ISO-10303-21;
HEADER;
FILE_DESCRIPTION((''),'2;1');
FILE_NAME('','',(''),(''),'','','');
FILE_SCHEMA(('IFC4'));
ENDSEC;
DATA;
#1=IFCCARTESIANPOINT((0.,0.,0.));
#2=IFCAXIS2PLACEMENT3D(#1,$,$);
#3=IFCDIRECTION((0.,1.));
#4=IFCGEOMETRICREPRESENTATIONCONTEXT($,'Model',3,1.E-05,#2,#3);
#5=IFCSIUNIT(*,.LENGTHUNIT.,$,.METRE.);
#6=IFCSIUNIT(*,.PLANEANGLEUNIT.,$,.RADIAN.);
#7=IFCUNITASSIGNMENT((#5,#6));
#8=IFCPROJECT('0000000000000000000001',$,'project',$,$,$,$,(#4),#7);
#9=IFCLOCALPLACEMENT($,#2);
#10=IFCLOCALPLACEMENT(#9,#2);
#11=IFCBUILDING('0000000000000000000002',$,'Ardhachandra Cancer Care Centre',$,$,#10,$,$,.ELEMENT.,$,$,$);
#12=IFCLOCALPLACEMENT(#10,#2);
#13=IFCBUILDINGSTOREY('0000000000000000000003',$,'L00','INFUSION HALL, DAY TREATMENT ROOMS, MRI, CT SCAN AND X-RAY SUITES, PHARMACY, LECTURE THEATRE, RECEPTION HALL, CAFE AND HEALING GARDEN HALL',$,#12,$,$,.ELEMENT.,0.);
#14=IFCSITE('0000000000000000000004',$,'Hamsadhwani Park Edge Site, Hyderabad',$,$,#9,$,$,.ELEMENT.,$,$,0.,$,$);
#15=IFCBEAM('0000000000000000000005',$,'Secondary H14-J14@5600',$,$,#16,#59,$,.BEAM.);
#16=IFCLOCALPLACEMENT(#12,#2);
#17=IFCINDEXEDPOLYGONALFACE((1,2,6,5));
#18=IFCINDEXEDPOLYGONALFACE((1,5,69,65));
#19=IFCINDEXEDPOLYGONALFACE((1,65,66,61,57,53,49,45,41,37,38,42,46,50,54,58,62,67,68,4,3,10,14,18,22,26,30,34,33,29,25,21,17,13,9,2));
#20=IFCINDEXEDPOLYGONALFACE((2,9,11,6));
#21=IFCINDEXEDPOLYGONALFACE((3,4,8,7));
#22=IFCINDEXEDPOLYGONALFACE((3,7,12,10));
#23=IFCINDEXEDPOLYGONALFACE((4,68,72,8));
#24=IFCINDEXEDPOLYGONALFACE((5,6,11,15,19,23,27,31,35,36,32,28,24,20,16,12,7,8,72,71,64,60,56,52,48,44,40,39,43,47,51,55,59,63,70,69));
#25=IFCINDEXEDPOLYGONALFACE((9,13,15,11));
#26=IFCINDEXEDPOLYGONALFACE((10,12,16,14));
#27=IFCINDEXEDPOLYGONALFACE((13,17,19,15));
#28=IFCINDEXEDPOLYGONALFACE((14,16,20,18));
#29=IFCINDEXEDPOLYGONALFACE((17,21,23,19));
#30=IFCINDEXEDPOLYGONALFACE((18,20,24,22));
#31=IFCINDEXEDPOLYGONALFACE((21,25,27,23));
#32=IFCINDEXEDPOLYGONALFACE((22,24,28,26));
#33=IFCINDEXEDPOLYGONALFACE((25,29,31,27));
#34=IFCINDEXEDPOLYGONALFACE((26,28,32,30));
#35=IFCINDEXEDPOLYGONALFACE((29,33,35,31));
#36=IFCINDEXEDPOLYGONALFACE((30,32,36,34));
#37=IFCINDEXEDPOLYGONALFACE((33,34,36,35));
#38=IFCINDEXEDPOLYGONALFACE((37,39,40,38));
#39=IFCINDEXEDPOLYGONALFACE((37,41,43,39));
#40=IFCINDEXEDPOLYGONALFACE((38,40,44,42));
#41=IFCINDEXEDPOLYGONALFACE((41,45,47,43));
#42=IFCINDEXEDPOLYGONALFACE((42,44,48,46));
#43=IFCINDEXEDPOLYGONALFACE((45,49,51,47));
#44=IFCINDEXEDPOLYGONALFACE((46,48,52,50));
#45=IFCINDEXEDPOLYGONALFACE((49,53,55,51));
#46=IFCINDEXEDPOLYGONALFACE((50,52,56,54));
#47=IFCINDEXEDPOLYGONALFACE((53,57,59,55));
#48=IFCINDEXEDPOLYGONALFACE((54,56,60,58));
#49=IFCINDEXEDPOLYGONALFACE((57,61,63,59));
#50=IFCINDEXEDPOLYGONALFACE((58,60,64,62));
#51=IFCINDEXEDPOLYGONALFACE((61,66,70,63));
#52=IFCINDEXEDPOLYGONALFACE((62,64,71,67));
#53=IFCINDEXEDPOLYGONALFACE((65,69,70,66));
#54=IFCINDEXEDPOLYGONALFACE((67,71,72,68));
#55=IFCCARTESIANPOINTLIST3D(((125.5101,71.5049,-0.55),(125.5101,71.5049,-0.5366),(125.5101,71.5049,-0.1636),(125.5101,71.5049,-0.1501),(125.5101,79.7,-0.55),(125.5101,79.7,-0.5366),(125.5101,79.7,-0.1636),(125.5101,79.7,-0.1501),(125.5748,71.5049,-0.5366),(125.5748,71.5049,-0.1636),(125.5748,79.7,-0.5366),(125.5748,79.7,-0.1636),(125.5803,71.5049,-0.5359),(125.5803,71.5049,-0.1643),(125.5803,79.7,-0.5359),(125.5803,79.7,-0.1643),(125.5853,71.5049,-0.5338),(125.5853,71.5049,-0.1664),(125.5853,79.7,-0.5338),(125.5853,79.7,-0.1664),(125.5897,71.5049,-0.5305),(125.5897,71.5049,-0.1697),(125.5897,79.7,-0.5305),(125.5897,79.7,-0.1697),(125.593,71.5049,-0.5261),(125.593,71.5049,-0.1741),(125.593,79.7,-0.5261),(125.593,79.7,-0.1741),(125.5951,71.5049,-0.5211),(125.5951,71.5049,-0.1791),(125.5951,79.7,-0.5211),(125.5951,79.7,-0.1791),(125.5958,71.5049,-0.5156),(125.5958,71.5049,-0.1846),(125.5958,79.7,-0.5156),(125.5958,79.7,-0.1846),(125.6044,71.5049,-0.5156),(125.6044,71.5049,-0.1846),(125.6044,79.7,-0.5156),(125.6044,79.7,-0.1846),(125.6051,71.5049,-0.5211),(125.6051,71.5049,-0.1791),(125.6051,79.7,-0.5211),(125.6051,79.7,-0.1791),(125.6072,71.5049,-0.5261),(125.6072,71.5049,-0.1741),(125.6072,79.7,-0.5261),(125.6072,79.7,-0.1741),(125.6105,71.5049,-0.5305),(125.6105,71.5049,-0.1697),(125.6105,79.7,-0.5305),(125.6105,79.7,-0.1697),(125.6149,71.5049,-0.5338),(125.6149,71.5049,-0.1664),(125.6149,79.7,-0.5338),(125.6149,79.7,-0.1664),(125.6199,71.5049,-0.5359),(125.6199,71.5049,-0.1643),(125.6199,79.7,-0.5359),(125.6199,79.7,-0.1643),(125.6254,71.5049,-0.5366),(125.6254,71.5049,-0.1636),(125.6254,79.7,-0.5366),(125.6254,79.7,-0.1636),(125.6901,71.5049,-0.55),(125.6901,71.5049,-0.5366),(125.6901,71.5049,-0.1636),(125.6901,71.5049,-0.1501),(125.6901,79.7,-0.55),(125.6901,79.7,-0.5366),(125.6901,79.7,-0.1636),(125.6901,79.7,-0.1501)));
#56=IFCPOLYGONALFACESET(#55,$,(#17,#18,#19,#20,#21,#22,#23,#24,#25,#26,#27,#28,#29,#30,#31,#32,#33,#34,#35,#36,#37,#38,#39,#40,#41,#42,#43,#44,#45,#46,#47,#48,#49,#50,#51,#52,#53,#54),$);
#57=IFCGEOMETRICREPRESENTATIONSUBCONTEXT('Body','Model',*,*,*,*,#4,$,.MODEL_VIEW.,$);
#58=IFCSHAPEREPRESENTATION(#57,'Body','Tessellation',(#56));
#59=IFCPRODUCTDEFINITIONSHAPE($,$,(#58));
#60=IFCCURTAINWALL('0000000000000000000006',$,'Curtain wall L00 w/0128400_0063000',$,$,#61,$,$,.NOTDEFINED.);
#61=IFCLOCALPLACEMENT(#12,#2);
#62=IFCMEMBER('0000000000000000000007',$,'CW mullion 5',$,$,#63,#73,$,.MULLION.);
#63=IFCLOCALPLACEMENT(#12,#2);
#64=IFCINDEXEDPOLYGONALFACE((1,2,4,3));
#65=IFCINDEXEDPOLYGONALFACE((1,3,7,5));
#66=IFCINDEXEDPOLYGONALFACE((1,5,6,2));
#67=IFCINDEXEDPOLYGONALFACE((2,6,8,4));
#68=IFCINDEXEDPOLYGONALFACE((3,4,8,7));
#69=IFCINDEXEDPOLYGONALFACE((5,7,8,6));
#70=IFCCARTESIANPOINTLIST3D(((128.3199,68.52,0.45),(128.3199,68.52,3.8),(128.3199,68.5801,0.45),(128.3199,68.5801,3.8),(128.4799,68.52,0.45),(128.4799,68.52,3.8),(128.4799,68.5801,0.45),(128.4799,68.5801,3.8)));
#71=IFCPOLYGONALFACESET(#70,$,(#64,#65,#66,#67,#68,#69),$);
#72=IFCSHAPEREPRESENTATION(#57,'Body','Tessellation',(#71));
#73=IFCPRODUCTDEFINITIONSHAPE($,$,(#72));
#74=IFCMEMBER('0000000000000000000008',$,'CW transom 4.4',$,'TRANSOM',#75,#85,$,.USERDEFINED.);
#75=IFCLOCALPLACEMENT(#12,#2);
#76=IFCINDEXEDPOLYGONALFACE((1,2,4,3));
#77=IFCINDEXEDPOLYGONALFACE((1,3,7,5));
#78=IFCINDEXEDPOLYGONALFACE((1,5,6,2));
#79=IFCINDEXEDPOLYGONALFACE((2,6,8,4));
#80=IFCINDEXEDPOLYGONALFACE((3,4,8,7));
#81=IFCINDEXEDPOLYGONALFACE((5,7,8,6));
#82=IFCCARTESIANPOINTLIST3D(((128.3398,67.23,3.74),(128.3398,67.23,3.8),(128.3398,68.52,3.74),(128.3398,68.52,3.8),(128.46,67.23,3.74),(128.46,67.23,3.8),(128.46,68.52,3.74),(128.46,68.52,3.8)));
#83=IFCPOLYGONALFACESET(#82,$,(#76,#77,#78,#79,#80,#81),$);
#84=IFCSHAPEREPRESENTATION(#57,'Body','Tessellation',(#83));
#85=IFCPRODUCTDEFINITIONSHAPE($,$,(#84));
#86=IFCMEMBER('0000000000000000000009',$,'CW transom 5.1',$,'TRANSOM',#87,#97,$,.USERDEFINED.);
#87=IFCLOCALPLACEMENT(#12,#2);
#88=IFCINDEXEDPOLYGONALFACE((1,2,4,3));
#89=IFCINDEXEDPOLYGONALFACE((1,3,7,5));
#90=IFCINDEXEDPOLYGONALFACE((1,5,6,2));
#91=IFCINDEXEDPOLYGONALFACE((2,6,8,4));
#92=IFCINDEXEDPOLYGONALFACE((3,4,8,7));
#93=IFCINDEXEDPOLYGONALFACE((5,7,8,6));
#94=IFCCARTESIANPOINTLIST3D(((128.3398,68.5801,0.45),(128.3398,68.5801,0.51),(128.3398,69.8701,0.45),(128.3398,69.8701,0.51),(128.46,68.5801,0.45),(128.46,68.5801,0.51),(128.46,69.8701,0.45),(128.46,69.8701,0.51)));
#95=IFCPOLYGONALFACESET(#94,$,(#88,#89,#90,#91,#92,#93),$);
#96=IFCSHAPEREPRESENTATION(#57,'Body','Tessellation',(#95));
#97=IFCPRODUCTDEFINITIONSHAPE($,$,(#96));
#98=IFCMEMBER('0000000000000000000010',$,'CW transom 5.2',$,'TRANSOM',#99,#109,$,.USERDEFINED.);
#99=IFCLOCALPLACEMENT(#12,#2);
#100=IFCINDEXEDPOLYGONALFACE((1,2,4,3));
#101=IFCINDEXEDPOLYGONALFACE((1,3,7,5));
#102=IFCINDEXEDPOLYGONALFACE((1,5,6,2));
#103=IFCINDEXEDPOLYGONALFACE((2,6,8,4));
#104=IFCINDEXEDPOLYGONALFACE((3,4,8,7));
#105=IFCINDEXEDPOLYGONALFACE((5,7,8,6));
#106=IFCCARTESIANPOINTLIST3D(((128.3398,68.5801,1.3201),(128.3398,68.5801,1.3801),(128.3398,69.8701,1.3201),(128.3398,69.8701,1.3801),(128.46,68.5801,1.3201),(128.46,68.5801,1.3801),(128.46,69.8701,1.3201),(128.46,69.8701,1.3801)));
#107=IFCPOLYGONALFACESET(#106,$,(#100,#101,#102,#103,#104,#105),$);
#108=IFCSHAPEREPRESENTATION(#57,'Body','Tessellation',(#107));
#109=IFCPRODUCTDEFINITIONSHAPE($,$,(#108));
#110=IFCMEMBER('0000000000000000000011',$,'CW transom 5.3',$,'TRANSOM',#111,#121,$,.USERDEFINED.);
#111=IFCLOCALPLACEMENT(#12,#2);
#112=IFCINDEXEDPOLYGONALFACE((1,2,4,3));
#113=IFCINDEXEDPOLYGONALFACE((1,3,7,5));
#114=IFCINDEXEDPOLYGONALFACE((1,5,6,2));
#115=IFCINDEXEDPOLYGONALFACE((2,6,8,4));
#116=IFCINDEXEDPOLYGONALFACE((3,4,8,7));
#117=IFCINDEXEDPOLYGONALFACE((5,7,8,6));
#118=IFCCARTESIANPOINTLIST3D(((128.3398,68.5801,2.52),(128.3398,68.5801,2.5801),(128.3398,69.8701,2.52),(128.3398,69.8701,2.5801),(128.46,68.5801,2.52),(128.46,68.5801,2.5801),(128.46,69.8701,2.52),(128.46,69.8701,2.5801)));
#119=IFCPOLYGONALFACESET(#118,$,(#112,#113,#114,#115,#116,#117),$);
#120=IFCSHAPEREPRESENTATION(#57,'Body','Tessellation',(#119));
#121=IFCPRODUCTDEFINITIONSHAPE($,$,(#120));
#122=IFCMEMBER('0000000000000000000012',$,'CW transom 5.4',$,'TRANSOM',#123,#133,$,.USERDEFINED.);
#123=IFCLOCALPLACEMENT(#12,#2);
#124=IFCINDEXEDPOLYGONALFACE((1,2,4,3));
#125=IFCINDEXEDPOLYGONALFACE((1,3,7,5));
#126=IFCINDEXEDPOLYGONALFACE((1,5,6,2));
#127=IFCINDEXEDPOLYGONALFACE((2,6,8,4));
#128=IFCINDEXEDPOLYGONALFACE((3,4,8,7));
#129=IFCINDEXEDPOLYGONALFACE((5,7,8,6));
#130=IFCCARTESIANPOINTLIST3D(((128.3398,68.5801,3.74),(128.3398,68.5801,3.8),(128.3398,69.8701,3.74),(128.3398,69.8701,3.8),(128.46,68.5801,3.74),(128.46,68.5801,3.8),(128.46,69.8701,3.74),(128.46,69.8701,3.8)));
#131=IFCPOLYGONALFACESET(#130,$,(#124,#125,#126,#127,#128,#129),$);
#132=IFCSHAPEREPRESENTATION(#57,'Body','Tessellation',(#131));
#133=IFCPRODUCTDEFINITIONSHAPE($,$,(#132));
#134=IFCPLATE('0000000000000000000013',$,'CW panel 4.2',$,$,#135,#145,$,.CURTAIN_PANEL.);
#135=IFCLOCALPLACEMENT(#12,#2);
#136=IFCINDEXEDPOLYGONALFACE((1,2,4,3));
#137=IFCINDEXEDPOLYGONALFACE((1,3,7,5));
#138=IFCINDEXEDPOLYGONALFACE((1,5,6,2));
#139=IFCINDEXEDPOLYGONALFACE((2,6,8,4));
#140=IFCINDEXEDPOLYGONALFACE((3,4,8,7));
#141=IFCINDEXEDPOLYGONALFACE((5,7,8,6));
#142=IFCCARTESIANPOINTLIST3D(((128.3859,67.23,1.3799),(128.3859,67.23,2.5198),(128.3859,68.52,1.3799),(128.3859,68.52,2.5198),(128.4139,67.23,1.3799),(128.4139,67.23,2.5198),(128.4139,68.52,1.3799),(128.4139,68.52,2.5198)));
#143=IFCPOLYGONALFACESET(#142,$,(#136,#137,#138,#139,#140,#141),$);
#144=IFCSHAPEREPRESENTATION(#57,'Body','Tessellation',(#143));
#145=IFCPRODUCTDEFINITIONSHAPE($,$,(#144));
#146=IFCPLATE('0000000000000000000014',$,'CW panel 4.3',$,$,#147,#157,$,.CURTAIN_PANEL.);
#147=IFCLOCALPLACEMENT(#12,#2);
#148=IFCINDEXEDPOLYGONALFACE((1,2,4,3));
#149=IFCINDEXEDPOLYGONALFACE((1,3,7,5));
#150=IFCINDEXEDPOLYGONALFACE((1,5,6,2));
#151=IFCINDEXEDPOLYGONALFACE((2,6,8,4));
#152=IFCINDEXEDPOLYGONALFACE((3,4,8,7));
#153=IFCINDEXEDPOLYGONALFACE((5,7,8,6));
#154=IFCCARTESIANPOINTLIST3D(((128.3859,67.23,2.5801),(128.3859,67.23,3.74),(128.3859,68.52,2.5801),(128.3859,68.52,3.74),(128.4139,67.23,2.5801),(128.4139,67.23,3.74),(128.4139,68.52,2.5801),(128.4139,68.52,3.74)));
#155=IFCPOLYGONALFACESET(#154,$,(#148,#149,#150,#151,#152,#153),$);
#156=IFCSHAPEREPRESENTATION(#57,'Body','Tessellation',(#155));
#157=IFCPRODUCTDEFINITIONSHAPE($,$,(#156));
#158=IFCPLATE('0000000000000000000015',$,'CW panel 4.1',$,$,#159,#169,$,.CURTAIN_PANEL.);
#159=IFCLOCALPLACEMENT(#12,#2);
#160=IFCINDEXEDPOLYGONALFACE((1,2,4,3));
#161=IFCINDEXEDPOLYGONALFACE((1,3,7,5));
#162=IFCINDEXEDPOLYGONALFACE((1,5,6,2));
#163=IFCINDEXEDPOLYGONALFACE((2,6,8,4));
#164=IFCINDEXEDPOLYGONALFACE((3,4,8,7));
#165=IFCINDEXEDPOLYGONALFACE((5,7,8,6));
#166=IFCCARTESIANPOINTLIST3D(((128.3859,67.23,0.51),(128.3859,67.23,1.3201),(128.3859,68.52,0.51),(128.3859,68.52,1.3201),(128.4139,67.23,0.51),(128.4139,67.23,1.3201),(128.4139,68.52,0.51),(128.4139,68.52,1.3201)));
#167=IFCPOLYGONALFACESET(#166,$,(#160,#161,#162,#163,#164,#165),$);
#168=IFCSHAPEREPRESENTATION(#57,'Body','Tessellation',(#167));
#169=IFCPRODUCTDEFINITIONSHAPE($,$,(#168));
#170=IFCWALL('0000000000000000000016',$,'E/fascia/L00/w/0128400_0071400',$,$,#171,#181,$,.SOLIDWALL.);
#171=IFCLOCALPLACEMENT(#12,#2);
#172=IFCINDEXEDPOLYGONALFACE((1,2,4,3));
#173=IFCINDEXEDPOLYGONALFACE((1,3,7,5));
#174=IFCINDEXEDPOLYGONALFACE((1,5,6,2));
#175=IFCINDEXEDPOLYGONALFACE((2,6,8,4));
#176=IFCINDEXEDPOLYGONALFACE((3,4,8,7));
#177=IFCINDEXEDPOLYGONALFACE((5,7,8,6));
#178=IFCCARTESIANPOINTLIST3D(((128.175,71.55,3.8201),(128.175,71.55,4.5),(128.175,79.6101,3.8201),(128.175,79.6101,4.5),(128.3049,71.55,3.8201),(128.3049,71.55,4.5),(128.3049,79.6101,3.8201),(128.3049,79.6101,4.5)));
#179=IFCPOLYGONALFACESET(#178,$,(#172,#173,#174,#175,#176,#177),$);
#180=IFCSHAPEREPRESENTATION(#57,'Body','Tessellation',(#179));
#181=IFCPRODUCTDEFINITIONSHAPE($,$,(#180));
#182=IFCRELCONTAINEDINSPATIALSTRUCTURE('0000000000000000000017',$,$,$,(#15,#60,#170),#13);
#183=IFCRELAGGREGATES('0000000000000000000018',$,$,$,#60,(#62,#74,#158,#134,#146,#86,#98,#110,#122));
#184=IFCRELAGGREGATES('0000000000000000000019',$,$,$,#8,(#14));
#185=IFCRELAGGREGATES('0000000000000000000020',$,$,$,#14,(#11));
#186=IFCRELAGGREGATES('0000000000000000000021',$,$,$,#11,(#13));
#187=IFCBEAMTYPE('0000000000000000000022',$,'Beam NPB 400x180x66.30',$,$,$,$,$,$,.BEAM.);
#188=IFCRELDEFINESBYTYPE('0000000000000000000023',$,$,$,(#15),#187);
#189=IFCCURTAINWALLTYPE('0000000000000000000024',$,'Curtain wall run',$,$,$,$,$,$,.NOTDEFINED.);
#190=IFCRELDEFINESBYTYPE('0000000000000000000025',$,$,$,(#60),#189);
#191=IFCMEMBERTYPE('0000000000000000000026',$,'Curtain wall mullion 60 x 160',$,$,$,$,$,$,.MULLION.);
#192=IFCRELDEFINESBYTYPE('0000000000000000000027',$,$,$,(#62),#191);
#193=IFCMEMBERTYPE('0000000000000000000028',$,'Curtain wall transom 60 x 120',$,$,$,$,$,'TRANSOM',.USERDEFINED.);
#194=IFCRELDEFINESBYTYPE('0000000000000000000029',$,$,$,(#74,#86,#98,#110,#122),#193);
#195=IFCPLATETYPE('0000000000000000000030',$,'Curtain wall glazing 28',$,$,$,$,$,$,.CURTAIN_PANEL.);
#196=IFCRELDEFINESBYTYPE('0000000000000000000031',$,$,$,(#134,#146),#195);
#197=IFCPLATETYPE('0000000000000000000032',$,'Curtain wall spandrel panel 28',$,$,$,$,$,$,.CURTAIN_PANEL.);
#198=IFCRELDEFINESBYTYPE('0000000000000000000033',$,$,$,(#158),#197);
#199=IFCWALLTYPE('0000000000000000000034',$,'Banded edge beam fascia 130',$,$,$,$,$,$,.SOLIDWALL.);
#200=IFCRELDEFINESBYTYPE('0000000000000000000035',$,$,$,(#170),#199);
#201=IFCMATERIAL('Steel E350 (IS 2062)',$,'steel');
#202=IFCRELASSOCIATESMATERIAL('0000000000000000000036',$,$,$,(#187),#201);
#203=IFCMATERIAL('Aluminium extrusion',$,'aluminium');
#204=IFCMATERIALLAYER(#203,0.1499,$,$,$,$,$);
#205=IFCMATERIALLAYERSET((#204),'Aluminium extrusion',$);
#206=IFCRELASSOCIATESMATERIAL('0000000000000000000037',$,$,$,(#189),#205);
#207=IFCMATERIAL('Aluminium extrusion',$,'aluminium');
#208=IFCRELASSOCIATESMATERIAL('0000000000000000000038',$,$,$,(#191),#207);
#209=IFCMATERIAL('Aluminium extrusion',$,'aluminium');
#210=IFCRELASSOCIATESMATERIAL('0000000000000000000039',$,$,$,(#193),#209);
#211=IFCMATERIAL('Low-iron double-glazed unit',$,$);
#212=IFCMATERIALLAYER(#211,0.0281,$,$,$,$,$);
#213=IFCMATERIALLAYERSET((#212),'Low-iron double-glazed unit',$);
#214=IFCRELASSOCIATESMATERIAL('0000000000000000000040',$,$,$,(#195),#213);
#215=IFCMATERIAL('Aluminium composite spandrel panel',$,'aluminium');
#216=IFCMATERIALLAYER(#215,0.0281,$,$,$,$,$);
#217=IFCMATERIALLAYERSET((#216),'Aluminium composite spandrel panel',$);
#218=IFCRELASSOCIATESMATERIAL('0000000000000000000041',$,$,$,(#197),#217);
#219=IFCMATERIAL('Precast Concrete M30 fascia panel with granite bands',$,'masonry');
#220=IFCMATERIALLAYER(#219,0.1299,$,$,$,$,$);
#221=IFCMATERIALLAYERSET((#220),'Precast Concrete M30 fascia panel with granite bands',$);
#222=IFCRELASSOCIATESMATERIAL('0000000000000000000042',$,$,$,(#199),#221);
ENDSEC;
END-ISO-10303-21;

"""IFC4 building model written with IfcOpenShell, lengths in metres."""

from ifc_helpers import new_model, si_unit, direction, frame, frame_2d, origin, origin_2d, place, context, subcontext, project, spatial, rectangle, i_section, extrude, material, layer, layer_set, material_profile, profile_set, type_object, element, aggregate, save


model = new_model("IFC4")

# Units and contexts
model_context = context("Model", 3, precision=1e-05, world=origin(), true_north=direction((0.0, 1.0)))
body_context = subcontext(model_context, "Body", "Model", "MODEL_VIEW")
ifc_project = project(units=[si_unit("LENGTHUNIT", "METRE"), si_unit("PLANEANGLEUNIT", "RADIAN")], contexts=[model_context])

# Site, building, storey
site_placement = place(None, origin())
site = spatial("IfcSite", under=ifc_project, at=site_placement, Name="Hamsadhwani Park Edge Site, Hyderabad", CompositionType="ELEMENT", RefElevation=0.0)
building_placement = place(site_placement, origin())
building = spatial("IfcBuilding", under=site, at=building_placement, Name="Ardhachandra Cancer Care Centre", CompositionType="ELEMENT")
storey_placement = place(building_placement, origin())
storey = spatial("IfcBuildingStorey", under=building, at=storey_placement, Name="L00", Description="INFUSION HALL, DAY TREATMENT ROOMS, MRI, CT SCAN AND X-RAY SUITES, PHARMACY, LECTURE THEATRE, RECEPTION HALL, CAFE AND HEALING GARDEN HALL", CompositionType="ELEMENT", Elevation=0.0)

# Beam
ifc_material_1 = material(Name="Steel E350 (IS 2062)", Category="steel")
ifc_material_profile_1 = material_profile(ifc_material_1, i_section(OverallWidth=0.1799, OverallDepth=0.3999, WebThickness=0.0085, FlangeThickness=0.0134, FilletRadius=0.021, at=origin_2d()), Name="NPB 400x180x66.30")
ifc_profile_set_1 = profile_set([ifc_material_profile_1], Name="Steel E350 (IS 2062)")
beam_type = type_object("IfcBeamType", Name="Beam NPB 400x180x66.30", PredefinedType="BEAM", material=ifc_profile_set_1)
beam_placement = place(storey_placement, frame((125.6001, 71.5049, -0.3501), z_axis=(0.0, 1.0, 0.0), x_axis=(-1.0, 0.0, 0.0)))
element("IfcBeam", 1, at=beam_placement, inside=storey, type_object=beam_type, Name="Secondary H14-J14@5600", PredefinedType="BEAM", context=body_context, shape_type="SweptSolid", body=[
    extrude(i_section(OverallWidth=0.1799, OverallDepth=0.3999, WebThickness=0.0085, FlangeThickness=0.0134, FilletRadius=0.021, at=origin_2d()), origin(), (0.0, 0.0, 1.0), 8.1951),
])

# Curtain wall, members, plates
ifc_material_2 = material(Name="Aluminium extrusion", Category="aluminium")
ifc_layer_1 = layer(ifc_material_2, 0.1499)
ifc_layer_set_1 = layer_set([ifc_layer_1], Name="Aluminium extrusion")
curtain_wall_type = type_object("IfcCurtainWallType", Name="Curtain wall run", PredefinedType="NOTDEFINED", material=ifc_layer_set_1)
curtain_wall_placement = place(storey_placement, origin())
curtain_wall = element("IfcCurtainWall", 2, at=curtain_wall_placement, inside=storey, type_object=curtain_wall_type, Name="Curtain wall L00 w/0128400_0063000", PredefinedType="NOTDEFINED")
ifc_material_3 = material(Name="Aluminium extrusion", Category="aluminium")
ifc_material_profile_2 = material_profile(ifc_material_3, rectangle(XDim=0.1599, YDim=0.0601, at=origin_2d()), Name="Curtain wall mullion 60 x 160")
ifc_profile_set_2 = profile_set([ifc_material_profile_2], Name="Aluminium extrusion")
member_type_1 = type_object("IfcMemberType", Name="Curtain wall mullion 60 x 160", PredefinedType="MULLION", material=ifc_profile_set_2)
member_1_placement = place(storey_placement, frame((128.3999, 68.55, 0.45), z_axis=(0.0, 0.0, 1.0), x_axis=(-1.0, 0.0, 0.0)))
member_1 = element("IfcMember", 3, at=member_1_placement, type_object=member_type_1, Name="CW mullion 5", PredefinedType="MULLION", context=body_context, shape_type="SweptSolid", body=[
    extrude(rectangle(XDim=0.1599, YDim=0.0601, at=origin_2d()), origin(), (0.0, 0.0, 1.0), 3.3501),
])
ifc_material_4 = material(Name="Aluminium extrusion", Category="aluminium")
ifc_material_profile_3 = material_profile(ifc_material_4, rectangle(XDim=0.1201, YDim=0.0601, at=origin_2d()), Name="Curtain wall transom 60 x 120")
ifc_profile_set_3 = profile_set([ifc_material_profile_3], Name="Aluminium extrusion")
member_type_2 = type_object("IfcMemberType", Name="Curtain wall transom 60 x 120", ElementType="TRANSOM", PredefinedType="USERDEFINED", material=ifc_profile_set_3)
member_2_placement = place(storey_placement, frame((128.3999, 67.23, 3.77), z_axis=(0.0, 1.0, 0.0), x_axis=(-1.0, 0.0, 0.0)))
member_2 = element("IfcMember", 4, at=member_2_placement, type_object=member_type_2, Name="CW transom 4.4", ObjectType="TRANSOM", PredefinedType="USERDEFINED", context=body_context, shape_type="SweptSolid", body=[
    extrude(rectangle(XDim=0.1201, YDim=0.0601, at=origin_2d()), origin(), (0.0, 0.0, 1.0), 1.29),
])
member_3_placement = place(storey_placement, frame((128.3999, 68.5801, 0.48), z_axis=(0.0, 1.0, 0.0), x_axis=(-1.0, 0.0, 0.0)))
member_3 = element("IfcMember", 5, at=member_3_placement, type_object=member_type_2, Name="CW transom 5.1", ObjectType="TRANSOM", PredefinedType="USERDEFINED", context=body_context, shape_type="SweptSolid", body=[
    extrude(rectangle(XDim=0.1201, YDim=0.0601, at=origin_2d()), origin(), (0.0, 0.0, 1.0), 1.29),
])
member_4_placement = place(storey_placement, frame((128.3999, 68.5801, 1.3501), z_axis=(0.0, 1.0, 0.0), x_axis=(-1.0, 0.0, 0.0)))
member_4 = element("IfcMember", 6, at=member_4_placement, type_object=member_type_2, Name="CW transom 5.2", ObjectType="TRANSOM", PredefinedType="USERDEFINED", context=body_context, shape_type="SweptSolid", body=[
    extrude(rectangle(XDim=0.1201, YDim=0.0601, at=origin_2d()), origin(), (0.0, 0.0, 1.0), 1.29),
])
member_5_placement = place(storey_placement, frame((128.3999, 68.5801, 2.55), z_axis=(0.0, 1.0, 0.0), x_axis=(-1.0, 0.0, 0.0)))
member_5 = element("IfcMember", 7, at=member_5_placement, type_object=member_type_2, Name="CW transom 5.3", ObjectType="TRANSOM", PredefinedType="USERDEFINED", context=body_context, shape_type="SweptSolid", body=[
    extrude(rectangle(XDim=0.1201, YDim=0.0601, at=origin_2d()), origin(), (0.0, 0.0, 1.0), 1.29),
])
member_6_placement = place(storey_placement, frame((128.3999, 68.5801, 3.77), z_axis=(0.0, 1.0, 0.0), x_axis=(-1.0, 0.0, 0.0)))
member_6 = element("IfcMember", 8, at=member_6_placement, type_object=member_type_2, Name="CW transom 5.4", ObjectType="TRANSOM", PredefinedType="USERDEFINED", context=body_context, shape_type="SweptSolid", body=[
    extrude(rectangle(XDim=0.1201, YDim=0.0601, at=origin_2d()), origin(), (0.0, 0.0, 1.0), 1.29),
])
ifc_material_5 = material(Name="Low-iron double-glazed unit")
ifc_layer_2 = layer(ifc_material_5, 0.0281)
ifc_layer_set_2 = layer_set([ifc_layer_2], Name="Low-iron double-glazed unit")
plate_type_1 = type_object("IfcPlateType", Name="Curtain wall glazing 28", PredefinedType="CURTAIN_PANEL", material=ifc_layer_set_2)
plate_1_placement = place(storey_placement, frame((128.3999, 67.875, 1.3799), z_axis=(0.0, 0.0, 1.0), x_axis=(0.0, 1.0, 0.0)))
plate_1 = element("IfcPlate", 9, at=plate_1_placement, type_object=plate_type_1, Name="CW panel 4.2", PredefinedType="CURTAIN_PANEL", context=body_context, shape_type="SweptSolid", body=[
    extrude(rectangle(XDim=1.29, YDim=0.0281, at=origin_2d()), origin(), (0.0, 0.0, 1.0), 1.1399),
])
plate_2_placement = place(storey_placement, frame((128.3999, 67.875, 2.5801), z_axis=(0.0, 0.0, 1.0), x_axis=(0.0, 1.0, 0.0)))
plate_2 = element("IfcPlate", 10, at=plate_2_placement, type_object=plate_type_1, Name="CW panel 4.3", PredefinedType="CURTAIN_PANEL", context=body_context, shape_type="SweptSolid", body=[
    extrude(rectangle(XDim=1.29, YDim=0.0281, at=origin_2d()), origin(), (0.0, 0.0, 1.0), 1.1599),
])
ifc_material_6 = material(Name="Aluminium composite spandrel panel", Category="aluminium")
ifc_layer_3 = layer(ifc_material_6, 0.0281)
ifc_layer_set_3 = layer_set([ifc_layer_3], Name="Aluminium composite spandrel panel")
plate_type_2 = type_object("IfcPlateType", Name="Curtain wall spandrel panel 28", PredefinedType="CURTAIN_PANEL", material=ifc_layer_set_3)
plate_3_placement = place(storey_placement, frame((128.3999, 67.875, 0.51), z_axis=(0.0, 0.0, 1.0), x_axis=(0.0, 1.0, 0.0)))
plate_3 = element("IfcPlate", 11, at=plate_3_placement, type_object=plate_type_2, Name="CW panel 4.1", PredefinedType="CURTAIN_PANEL", context=body_context, shape_type="SweptSolid", body=[
    extrude(rectangle(XDim=1.29, YDim=0.0281, at=origin_2d()), origin(), (0.0, 0.0, 1.0), 0.8101),
])
aggregate(curtain_wall, [member_1, member_2, plate_3, plate_1, plate_2, member_3, member_4, member_5, member_6])

# Wall
ifc_material_7 = material(Name="Precast Concrete M30 fascia panel with granite bands", Category="masonry")
ifc_layer_4 = layer(ifc_material_7, 0.1299)
ifc_layer_set_4 = layer_set([ifc_layer_4], Name="Precast Concrete M30 fascia panel with granite bands")
wall_type = type_object("IfcWallType", Name="Banded edge beam fascia 130", PredefinedType="SOLIDWALL", material=ifc_layer_set_4)
wall_placement = place(storey_placement, frame((128.24, 71.55, 3.8201), z_axis=(0.0, 0.0, 1.0), x_axis=(0.0, 1.0, 0.0)))
element("IfcWall", 12, at=wall_placement, inside=storey, type_object=wall_type, Name="E/fascia/L00/w/0128400_0071400", PredefinedType="SOLIDWALL", context=body_context, shape_type="SweptSolid", body=[
    extrude(rectangle(XDim=8.0601, YDim=0.1299, at=frame_2d((4.03, 0.0))), origin(), (0.0, 0.0, 1.0), 0.6799),
])

save(model, "model.ifc")
